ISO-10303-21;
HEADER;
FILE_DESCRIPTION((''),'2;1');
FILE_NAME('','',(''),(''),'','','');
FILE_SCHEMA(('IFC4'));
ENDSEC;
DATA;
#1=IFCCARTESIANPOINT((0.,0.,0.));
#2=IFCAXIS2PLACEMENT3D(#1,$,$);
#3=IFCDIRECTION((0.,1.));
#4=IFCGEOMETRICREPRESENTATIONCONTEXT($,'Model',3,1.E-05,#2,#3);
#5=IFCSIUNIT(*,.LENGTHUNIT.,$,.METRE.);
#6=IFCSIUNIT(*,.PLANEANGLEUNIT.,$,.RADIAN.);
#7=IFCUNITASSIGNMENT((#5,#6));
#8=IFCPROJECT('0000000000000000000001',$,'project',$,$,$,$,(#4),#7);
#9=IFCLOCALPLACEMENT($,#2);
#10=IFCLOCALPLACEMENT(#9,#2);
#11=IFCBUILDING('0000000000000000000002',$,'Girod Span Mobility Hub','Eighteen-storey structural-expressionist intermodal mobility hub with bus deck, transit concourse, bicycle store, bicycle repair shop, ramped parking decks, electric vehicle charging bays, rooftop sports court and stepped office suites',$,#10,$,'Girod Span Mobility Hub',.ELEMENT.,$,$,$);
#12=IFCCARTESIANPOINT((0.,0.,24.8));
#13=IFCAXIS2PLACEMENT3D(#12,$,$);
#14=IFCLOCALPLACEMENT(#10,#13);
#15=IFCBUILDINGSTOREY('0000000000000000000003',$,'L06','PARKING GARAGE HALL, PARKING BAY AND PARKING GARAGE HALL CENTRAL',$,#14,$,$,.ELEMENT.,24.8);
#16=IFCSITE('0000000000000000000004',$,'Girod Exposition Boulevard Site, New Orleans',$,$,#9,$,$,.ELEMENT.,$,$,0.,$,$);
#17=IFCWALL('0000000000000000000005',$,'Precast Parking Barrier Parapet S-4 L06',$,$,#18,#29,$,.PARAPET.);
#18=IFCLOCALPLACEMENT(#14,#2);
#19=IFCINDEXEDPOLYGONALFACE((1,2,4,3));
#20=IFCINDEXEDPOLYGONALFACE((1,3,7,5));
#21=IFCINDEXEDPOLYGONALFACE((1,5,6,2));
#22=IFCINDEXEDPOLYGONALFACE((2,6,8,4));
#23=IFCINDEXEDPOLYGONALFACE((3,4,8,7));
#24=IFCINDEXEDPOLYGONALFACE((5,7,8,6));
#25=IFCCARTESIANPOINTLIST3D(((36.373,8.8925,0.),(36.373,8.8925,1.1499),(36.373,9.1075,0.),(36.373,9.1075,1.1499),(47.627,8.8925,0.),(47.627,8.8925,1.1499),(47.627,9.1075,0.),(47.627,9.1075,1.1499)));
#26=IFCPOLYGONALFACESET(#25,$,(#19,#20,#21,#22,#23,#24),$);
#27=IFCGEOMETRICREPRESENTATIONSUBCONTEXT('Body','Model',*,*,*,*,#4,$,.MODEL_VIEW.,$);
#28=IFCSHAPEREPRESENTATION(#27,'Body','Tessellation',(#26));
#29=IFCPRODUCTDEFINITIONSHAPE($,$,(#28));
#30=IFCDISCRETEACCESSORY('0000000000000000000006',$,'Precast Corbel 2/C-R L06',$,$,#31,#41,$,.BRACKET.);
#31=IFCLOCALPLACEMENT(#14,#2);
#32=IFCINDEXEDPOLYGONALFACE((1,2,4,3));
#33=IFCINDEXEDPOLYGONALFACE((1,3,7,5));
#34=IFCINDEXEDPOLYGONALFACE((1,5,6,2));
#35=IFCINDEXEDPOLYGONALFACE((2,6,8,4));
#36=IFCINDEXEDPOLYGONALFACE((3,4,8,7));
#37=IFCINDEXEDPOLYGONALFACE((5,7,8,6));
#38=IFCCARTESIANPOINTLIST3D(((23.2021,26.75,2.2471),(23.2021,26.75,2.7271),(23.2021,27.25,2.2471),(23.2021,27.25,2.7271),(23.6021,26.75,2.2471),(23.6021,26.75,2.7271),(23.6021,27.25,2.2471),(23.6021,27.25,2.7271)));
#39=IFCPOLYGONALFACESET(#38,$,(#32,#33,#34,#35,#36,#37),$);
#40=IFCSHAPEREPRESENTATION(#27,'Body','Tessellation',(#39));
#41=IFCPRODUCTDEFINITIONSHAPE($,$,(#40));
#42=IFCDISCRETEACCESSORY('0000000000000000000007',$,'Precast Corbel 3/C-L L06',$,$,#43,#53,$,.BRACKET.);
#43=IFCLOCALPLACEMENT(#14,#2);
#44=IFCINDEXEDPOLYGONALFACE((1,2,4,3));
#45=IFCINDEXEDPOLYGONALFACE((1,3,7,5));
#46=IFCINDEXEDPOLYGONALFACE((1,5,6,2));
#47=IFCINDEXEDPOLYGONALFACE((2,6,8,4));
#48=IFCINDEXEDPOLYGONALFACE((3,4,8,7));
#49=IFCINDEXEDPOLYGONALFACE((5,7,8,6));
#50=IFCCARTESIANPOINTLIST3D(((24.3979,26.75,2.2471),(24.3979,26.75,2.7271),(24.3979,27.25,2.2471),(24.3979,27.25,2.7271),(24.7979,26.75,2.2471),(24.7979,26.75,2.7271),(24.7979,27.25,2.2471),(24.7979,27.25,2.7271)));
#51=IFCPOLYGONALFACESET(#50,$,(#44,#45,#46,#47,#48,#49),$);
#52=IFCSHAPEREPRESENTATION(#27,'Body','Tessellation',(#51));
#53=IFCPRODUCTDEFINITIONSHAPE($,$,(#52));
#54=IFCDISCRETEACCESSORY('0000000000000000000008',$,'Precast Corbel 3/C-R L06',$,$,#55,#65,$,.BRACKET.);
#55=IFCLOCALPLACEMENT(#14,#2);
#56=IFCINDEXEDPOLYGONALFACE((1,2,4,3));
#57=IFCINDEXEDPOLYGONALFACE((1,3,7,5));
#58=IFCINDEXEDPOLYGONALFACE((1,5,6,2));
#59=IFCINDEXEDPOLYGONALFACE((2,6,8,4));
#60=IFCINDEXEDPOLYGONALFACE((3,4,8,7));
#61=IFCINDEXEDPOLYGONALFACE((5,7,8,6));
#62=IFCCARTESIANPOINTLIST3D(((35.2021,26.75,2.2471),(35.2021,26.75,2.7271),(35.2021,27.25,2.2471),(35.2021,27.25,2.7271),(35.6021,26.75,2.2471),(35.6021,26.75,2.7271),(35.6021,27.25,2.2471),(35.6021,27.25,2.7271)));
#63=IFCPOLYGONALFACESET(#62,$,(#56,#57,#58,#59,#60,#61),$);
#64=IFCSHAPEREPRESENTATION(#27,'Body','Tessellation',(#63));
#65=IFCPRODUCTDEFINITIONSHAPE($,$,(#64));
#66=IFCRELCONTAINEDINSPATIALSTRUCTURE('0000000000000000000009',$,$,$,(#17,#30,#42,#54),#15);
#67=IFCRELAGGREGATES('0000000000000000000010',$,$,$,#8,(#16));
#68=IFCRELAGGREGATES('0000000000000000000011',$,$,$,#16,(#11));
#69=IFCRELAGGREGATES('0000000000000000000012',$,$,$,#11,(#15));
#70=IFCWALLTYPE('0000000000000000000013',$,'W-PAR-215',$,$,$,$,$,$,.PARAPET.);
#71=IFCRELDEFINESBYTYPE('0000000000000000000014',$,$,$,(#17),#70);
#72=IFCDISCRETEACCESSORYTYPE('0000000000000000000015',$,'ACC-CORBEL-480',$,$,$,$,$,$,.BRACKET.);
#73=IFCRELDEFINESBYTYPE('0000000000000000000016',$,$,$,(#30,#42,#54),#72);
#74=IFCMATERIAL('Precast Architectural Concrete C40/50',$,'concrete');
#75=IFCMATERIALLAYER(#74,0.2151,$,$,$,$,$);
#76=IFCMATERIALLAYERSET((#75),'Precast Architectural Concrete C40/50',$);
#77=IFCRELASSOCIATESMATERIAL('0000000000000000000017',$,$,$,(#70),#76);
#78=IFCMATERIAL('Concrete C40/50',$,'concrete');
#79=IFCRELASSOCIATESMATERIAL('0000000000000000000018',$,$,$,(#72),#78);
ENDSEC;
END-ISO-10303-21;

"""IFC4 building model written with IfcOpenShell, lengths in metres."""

from ifc_helpers import new_model, si_unit, direction, frame, frame_2d, origin, origin_2d, place, context, subcontext, project, spatial, rectangle, extrude, material, layer, layer_set, type_object, element, save


model = new_model("IFC4")

# Units and contexts
model_context = context("Model", 3, precision=1e-05, world=origin(), true_north=direction((0.0, 1.0)))
body_context = subcontext(model_context, "Body", "Model", "MODEL_VIEW")
ifc_project = project(units=[si_unit("LENGTHUNIT", "METRE"), si_unit("PLANEANGLEUNIT", "RADIAN")], contexts=[model_context])

# Site, building, storey
site_placement = place(None, origin())
site = spatial("IfcSite", under=ifc_project, at=site_placement, Name="Girod Exposition Boulevard Site, New Orleans", CompositionType="ELEMENT", RefElevation=0.0)
building_placement = place(site_placement, origin())
building = spatial("IfcBuilding", under=site, at=building_placement, Name="Girod Span Mobility Hub", Description="Eighteen-storey structural-expressionist intermodal mobility hub with bus deck, transit concourse, bicycle store, bicycle repair shop, ramped parking decks, electric vehicle charging bays, rooftop sports court and stepped office suites", LongName="Girod Span Mobility Hub", CompositionType="ELEMENT")
storey_placement = place(building_placement, frame((0.0, 0.0, 24.8)))
storey = spatial("IfcBuildingStorey", under=building, at=storey_placement, Name="L06", Description="PARKING GARAGE HALL, PARKING BAY AND PARKING GARAGE HALL CENTRAL", CompositionType="ELEMENT", Elevation=24.8)

# Wall
ifc_material_1 = material(Name="Precast Architectural Concrete C40/50", Category="concrete")
ifc_layer = layer(ifc_material_1, 0.2151)
ifc_layer_set = layer_set([ifc_layer], Name="Precast Architectural Concrete C40/50")
wall_type = type_object("IfcWallType", Name="W-PAR-215", PredefinedType="PARAPET", material=ifc_layer_set)
for number, where, z_axis, x_axis, name in (
    (1, (36.373, 9.0, 0.0), (0.0, 0.0, 1.0), (1.0, 0.0, 0.0), "Precast Parking Barrier Parapet S-4 L06"),
):
    element("IfcWall", number, at=place(storey_placement, frame(where, z_axis=z_axis, x_axis=x_axis)), inside=storey, type_object=wall_type, Name=name, PredefinedType="PARAPET", context=body_context, shape_type="SweptSolid", body=[
        extrude(rectangle(XDim=11.2539, YDim=0.2151, at=frame_2d((5.627, 0.0))), origin(), (0.0, 0.0, 1.0), 1.1499),
    ])

# Discrete accessories
ifc_material_2 = material(Name="Concrete C40/50", Category="concrete")
discrete_accessory_type = type_object("IfcDiscreteAccessoryType", Name="ACC-CORBEL-480", PredefinedType="BRACKET", material=ifc_material_2)
for number, where, z_axis, x_axis, name in (
    (2, (23.4021, 27.0, 2.2471), (0.0, 0.0, 1.0), (1.0, 0.0, 0.0), "Precast Corbel 2/C-R L06"),
    (3, (24.5979, 27.0, 2.2471), (0.0, 0.0, 1.0), (1.0, 0.0, 0.0), "Precast Corbel 3/C-L L06"),
    (4, (35.4021, 27.0, 2.2471), (0.0, 0.0, 1.0), (1.0, 0.0, 0.0), "Precast Corbel 3/C-R L06"),
):
    element("IfcDiscreteAccessory", number, at=place(storey_placement, frame(where, z_axis=z_axis, x_axis=x_axis)), inside=storey, type_object=discrete_accessory_type, Name=name, PredefinedType="BRACKET", context=body_context, shape_type="SweptSolid", body=[
        extrude(rectangle(XDim=0.3999, YDim=0.5, at=origin_2d()), origin(), (0.0, 0.0, 1.0), 0.48),
    ])

save(model, "model.ifc")
